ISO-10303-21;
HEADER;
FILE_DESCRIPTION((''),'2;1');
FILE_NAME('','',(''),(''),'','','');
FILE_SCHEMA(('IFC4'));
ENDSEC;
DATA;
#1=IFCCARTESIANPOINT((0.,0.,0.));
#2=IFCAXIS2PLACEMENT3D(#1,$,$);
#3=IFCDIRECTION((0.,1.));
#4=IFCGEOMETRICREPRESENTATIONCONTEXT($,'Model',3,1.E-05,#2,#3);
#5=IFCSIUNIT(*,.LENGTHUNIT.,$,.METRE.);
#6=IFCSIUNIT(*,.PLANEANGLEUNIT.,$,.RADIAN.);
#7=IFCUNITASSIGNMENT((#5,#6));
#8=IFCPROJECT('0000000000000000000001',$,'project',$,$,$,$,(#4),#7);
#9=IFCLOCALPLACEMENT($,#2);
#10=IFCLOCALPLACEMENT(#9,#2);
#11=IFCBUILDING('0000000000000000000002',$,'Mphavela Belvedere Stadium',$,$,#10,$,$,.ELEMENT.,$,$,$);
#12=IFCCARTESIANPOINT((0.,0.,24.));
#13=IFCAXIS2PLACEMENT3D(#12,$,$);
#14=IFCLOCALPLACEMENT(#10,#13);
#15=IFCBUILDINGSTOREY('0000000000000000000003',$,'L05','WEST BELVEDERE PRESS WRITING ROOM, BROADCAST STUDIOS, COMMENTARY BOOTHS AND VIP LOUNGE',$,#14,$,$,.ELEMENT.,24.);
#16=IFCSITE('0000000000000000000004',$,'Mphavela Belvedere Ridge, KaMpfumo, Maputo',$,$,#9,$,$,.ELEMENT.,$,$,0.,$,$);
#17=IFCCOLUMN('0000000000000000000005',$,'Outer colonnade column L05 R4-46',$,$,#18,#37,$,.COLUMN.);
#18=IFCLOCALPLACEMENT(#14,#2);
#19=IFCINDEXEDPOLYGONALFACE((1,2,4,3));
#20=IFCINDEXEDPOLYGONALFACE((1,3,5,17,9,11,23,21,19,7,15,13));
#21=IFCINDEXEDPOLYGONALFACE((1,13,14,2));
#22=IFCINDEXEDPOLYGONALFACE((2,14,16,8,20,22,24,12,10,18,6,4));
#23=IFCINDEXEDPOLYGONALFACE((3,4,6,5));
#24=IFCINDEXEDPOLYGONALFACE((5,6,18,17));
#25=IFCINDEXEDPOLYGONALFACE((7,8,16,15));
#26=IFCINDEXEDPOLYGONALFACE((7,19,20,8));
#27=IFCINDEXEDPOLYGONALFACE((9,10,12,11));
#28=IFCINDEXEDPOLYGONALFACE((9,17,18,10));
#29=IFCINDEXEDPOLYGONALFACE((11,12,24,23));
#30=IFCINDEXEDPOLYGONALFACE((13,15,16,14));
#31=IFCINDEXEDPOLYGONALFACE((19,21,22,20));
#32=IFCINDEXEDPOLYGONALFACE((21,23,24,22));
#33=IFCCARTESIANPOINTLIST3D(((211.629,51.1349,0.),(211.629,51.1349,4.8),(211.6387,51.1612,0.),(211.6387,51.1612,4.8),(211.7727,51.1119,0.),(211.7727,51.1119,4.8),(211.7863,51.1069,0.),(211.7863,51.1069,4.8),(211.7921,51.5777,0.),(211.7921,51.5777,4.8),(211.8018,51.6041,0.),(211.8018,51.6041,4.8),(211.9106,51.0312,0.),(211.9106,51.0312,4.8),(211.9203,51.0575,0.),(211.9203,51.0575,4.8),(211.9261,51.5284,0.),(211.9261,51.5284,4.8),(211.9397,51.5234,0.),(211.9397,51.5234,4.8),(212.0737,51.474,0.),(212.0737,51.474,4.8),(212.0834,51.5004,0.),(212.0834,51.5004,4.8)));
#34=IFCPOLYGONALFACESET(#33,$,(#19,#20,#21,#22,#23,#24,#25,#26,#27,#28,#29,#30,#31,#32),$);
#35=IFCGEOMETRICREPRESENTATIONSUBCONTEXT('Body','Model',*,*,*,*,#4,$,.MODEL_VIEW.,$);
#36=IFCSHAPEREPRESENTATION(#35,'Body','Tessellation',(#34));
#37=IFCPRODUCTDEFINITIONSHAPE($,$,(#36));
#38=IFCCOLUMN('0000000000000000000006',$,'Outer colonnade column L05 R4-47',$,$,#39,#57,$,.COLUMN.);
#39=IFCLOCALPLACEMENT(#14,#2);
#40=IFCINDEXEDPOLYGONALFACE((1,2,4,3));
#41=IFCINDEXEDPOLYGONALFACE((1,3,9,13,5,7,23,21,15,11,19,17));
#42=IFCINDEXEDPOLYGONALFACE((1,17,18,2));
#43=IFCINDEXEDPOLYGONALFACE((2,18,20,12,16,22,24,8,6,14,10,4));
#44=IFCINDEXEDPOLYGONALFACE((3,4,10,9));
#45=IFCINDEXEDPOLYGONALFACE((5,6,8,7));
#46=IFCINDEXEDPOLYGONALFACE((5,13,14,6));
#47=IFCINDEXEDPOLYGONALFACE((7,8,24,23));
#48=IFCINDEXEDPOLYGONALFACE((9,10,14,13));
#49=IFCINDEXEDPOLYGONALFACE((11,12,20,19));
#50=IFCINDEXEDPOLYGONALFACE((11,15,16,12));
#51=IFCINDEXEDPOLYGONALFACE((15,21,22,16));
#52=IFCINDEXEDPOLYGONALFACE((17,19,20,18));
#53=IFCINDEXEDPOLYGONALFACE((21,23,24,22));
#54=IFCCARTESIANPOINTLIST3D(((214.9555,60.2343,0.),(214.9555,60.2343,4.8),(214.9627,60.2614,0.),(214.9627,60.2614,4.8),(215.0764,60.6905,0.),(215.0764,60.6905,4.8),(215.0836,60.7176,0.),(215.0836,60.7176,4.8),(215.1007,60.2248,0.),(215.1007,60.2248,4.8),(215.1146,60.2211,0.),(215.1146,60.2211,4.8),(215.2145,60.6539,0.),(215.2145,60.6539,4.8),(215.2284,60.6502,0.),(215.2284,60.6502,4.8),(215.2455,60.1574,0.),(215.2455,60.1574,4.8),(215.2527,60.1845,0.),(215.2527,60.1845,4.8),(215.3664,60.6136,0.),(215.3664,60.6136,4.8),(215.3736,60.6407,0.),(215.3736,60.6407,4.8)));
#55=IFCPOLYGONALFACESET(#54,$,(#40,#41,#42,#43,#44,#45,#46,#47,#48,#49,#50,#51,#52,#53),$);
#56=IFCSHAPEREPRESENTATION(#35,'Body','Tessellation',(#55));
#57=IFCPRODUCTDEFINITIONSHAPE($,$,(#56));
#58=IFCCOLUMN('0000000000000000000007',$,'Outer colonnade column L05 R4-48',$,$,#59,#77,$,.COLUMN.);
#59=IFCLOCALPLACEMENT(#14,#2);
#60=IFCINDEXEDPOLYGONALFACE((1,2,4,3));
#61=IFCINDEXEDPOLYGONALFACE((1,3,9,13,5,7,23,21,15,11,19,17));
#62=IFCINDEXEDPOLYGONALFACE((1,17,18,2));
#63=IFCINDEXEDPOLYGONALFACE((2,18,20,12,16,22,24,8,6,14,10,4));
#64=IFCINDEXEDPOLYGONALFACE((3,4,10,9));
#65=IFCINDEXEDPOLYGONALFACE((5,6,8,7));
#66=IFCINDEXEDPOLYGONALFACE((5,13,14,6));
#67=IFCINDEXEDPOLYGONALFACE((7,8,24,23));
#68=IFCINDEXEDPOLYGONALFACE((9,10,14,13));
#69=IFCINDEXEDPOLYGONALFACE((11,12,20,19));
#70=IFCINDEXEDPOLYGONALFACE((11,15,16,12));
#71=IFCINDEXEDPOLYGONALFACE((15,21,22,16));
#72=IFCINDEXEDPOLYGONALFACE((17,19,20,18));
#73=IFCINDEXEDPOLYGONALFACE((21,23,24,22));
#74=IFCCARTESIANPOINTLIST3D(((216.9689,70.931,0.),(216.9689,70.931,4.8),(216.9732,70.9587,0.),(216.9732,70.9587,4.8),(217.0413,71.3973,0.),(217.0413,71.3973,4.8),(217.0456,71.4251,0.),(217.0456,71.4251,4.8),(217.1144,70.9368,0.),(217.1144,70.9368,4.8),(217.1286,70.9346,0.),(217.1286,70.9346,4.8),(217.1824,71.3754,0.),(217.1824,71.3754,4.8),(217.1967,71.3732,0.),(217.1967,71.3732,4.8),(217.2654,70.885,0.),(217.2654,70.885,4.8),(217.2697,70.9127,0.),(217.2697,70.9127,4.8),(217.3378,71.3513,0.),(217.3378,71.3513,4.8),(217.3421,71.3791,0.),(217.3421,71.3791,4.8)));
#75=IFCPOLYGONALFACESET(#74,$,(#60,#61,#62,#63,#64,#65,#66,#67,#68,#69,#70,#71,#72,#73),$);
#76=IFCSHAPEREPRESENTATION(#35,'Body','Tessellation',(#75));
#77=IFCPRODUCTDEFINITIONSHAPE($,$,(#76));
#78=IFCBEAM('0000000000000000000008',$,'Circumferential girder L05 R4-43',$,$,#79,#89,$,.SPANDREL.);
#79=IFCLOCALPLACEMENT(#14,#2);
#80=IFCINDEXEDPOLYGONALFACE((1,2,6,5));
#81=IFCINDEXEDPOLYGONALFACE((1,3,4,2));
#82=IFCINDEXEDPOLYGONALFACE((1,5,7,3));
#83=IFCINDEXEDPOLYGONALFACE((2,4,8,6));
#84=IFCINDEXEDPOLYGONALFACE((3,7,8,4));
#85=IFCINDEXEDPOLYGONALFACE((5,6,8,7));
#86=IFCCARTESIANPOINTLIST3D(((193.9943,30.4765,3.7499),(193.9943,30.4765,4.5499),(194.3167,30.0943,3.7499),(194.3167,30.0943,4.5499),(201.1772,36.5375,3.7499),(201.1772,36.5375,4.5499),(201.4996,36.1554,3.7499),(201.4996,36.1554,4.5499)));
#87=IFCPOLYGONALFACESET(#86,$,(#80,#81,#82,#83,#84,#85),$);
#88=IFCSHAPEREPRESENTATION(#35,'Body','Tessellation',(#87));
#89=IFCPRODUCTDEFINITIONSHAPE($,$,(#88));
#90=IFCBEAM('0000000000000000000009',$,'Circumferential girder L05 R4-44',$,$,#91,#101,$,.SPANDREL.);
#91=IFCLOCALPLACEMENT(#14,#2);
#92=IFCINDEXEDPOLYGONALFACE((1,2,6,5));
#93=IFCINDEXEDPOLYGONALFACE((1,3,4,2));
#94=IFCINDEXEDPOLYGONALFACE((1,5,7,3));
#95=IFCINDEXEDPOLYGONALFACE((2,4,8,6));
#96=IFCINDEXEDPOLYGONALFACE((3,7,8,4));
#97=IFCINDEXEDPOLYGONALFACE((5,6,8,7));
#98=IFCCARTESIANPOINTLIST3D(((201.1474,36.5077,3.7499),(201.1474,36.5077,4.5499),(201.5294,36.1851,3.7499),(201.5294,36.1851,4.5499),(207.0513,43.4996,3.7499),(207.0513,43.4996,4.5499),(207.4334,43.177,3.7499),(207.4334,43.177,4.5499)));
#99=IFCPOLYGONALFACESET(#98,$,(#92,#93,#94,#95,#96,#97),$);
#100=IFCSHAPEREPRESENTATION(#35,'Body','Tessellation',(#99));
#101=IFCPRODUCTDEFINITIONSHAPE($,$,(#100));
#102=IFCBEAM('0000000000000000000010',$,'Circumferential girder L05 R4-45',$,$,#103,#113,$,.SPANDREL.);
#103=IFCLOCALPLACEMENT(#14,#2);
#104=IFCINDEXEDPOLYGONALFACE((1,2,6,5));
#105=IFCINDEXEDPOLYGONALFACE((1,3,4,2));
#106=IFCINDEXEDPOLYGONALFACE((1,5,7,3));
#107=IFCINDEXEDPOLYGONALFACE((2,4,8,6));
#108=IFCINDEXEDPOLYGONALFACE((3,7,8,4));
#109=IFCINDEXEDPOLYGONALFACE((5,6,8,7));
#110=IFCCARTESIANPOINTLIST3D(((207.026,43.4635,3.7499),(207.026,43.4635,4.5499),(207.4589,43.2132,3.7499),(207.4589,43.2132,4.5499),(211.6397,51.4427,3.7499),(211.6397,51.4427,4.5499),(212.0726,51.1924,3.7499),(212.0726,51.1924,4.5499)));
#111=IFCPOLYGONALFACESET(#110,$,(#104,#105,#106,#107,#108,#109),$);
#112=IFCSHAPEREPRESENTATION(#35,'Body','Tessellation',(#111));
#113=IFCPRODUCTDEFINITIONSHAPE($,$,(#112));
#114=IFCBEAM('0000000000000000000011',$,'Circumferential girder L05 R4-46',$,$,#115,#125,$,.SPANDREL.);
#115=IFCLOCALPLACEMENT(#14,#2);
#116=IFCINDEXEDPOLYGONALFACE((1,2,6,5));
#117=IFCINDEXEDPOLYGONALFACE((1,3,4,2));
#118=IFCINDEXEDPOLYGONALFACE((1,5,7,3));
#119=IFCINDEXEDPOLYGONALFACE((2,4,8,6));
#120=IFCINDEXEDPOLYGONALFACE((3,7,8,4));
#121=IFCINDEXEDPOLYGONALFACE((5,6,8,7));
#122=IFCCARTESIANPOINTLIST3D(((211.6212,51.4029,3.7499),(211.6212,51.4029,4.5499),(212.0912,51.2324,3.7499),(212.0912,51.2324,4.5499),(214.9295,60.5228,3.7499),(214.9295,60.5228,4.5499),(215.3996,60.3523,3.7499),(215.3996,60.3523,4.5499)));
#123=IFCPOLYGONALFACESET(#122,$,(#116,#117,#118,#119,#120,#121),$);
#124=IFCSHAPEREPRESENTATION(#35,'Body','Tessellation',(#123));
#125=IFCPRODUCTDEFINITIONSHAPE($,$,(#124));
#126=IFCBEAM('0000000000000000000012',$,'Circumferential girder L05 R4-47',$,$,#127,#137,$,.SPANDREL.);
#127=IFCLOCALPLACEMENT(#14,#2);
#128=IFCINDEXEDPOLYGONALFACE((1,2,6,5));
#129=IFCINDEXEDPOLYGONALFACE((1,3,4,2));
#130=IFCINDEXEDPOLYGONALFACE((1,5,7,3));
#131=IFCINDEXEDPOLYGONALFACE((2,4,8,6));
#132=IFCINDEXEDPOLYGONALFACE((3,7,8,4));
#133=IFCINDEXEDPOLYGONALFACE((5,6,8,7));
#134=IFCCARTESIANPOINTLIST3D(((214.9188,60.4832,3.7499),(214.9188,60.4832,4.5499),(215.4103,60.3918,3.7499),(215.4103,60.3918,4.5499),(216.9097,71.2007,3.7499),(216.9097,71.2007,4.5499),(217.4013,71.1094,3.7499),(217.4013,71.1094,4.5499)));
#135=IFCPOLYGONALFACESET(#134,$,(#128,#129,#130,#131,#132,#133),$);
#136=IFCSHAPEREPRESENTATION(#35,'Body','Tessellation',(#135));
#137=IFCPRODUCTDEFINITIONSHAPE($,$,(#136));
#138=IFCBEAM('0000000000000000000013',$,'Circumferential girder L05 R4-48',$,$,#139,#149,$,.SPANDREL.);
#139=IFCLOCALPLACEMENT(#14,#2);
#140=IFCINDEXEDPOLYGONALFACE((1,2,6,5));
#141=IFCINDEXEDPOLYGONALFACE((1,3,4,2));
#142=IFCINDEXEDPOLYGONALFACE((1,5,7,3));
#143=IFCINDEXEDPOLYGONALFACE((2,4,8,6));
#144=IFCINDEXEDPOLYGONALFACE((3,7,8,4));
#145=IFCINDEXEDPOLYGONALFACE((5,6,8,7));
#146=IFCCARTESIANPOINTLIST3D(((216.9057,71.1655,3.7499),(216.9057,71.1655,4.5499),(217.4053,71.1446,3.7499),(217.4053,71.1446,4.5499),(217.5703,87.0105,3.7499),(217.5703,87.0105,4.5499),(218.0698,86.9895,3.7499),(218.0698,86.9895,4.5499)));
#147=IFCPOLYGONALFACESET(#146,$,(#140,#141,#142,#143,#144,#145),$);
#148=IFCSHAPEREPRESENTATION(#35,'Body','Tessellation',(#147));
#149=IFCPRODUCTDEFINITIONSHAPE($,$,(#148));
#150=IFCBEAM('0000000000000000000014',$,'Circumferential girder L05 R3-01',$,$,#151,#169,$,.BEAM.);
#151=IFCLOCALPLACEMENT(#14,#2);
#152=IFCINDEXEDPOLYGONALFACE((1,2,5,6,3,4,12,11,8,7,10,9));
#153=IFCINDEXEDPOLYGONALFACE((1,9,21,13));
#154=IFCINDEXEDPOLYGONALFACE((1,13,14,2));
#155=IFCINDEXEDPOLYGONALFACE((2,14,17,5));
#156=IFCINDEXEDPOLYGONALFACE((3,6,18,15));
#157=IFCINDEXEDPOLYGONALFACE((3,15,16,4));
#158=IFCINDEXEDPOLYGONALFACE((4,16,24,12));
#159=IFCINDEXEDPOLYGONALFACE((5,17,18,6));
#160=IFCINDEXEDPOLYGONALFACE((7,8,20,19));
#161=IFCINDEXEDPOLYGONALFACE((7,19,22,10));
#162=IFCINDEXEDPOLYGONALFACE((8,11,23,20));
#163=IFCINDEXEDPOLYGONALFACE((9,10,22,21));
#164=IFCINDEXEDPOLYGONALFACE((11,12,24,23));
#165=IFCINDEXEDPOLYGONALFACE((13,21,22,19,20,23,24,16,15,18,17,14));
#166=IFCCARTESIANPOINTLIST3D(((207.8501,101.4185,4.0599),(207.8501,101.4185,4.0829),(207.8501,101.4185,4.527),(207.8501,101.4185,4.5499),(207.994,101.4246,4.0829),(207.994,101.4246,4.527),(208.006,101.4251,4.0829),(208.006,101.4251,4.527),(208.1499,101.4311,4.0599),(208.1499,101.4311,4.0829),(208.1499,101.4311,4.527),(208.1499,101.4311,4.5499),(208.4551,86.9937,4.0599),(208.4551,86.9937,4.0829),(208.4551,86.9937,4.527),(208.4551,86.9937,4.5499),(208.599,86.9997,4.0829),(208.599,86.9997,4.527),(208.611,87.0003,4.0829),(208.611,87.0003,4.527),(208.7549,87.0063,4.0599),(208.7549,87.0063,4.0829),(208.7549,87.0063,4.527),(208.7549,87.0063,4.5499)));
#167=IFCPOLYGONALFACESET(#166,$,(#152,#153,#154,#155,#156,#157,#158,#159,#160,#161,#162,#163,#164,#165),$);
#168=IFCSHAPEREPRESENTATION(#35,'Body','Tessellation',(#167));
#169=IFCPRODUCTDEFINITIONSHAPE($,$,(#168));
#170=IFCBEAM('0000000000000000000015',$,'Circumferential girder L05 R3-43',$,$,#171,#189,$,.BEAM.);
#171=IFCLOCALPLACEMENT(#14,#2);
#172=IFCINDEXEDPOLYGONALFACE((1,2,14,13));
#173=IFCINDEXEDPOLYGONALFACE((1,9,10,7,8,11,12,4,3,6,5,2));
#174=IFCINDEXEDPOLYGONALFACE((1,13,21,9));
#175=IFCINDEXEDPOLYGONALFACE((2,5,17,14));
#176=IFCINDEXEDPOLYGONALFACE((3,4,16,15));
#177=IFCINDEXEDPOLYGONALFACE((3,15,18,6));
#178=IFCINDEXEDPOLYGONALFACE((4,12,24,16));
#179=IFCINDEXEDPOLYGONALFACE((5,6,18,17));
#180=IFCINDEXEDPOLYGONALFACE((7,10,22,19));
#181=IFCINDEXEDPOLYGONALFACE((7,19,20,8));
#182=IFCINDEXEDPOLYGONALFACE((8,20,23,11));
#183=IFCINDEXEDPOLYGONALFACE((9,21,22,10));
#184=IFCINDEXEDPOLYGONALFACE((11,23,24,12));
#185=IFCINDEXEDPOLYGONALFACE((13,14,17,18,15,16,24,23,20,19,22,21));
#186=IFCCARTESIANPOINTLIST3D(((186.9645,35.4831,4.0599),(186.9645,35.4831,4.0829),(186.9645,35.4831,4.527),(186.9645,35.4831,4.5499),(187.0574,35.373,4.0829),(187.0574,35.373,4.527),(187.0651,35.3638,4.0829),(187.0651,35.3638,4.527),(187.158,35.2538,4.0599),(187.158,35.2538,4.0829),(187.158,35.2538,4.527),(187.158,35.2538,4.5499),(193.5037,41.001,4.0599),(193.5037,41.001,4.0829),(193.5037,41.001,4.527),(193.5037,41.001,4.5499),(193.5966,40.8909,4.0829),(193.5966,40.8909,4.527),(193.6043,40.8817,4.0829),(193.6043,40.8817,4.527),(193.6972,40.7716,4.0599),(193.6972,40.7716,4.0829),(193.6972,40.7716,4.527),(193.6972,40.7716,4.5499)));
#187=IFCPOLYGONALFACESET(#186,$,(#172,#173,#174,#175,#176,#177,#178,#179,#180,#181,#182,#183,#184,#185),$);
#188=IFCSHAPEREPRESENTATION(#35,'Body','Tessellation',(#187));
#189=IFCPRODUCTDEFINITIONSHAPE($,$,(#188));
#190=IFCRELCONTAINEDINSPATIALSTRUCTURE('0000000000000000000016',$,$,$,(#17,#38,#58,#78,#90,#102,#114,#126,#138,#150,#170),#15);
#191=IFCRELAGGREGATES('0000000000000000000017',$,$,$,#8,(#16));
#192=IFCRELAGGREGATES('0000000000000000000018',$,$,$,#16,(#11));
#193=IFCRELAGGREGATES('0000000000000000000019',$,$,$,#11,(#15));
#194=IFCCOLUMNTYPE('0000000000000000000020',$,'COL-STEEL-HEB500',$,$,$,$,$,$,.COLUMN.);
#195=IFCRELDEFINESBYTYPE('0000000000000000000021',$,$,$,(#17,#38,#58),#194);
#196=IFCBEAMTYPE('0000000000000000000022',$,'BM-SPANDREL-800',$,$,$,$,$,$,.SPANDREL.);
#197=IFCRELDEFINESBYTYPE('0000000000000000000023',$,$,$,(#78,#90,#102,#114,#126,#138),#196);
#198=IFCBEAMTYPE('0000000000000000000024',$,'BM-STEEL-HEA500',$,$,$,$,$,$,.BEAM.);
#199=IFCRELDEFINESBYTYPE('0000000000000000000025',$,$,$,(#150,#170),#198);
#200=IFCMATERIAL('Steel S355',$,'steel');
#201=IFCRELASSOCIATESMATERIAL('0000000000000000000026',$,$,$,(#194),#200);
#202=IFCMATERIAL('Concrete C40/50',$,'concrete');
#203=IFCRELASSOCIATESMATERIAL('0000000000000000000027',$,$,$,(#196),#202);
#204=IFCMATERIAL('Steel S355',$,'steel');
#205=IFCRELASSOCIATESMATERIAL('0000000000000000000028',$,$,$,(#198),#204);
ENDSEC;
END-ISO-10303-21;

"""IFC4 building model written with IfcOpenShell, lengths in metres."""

from ifc_helpers import new_model, si_unit, direction, frame, origin, origin_2d, place, context, subcontext, project, spatial, rectangle, i_section, extrude, material, material_profile, profile_set, type_object, element, save


model = new_model("IFC4")

# Units and contexts
model_context = context("Model", 3, precision=1e-05, world=origin(), true_north=direction((0.0, 1.0)))
body_context = subcontext(model_context, "Body", "Model", "MODEL_VIEW")
ifc_project = project(units=[si_unit("LENGTHUNIT", "METRE"), si_unit("PLANEANGLEUNIT", "RADIAN")], contexts=[model_context])

# Site, building, storey
site_placement = place(None, origin())
site = spatial("IfcSite", under=ifc_project, at=site_placement, Name="Mphavela Belvedere Ridge, KaMpfumo, Maputo", CompositionType="ELEMENT", RefElevation=0.0)
building_placement = place(site_placement, origin())
building = spatial("IfcBuilding", under=site, at=building_placement, Name="Mphavela Belvedere Stadium", CompositionType="ELEMENT")
storey_placement = place(building_placement, frame((0.0, 0.0, 24.0)))
storey = spatial("IfcBuildingStorey", under=building, at=storey_placement, Name="L05", Description="WEST BELVEDERE PRESS WRITING ROOM, BROADCAST STUDIOS, COMMENTARY BOOTHS AND VIP LOUNGE", CompositionType="ELEMENT", Elevation=24.0)

# Columns
ifc_material_1 = material(Name="Steel S355", Category="steel")
ifc_material_profile_1 = material_profile(ifc_material_1, i_section(OverallWidth=0.3, OverallDepth=0.5, WebThickness=0.0144, FlangeThickness=0.0281, at=origin_2d()), Name="HEB 500")
ifc_profile_set_1 = profile_set([ifc_material_profile_1], Name="Steel S355")
column_type_1 = type_object("IfcColumnType", Name="COL-STEEL-HEB500", PredefinedType="COLUMN", material=ifc_profile_set_1)
for number, where, z_axis, x_axis, name in (
    (1, (211.8562, 51.3176, 0.0), (0.0, 0.0, 1.0), (0.938372, -0.345626, 0.0), "Outer colonnade column L05 R4-46"),
    (2, (215.1646, 60.4375, 0.0), (0.0, 0.0, 1.0), (0.9666, -0.256289, 0.0), "Outer colonnade column L05 R4-47"),
    (3, (217.1555, 71.155, 0.0), (0.0, 0.0, 1.0), (0.988175, -0.153331, 0.0), "Outer colonnade column L05 R4-48"),
):
    element("IfcColumn", number, at=place(storey_placement, frame(where, z_axis=z_axis, x_axis=x_axis)), inside=storey, type_object=column_type_1, Name=name, PredefinedType="COLUMN", context=body_context, shape_type="SweptSolid", body=[
        extrude(i_section(OverallWidth=0.3, OverallDepth=0.5, WebThickness=0.0144, FlangeThickness=0.0281, at=origin_2d()), origin(), (0.0, 0.0, 1.0), 4.8),
    ])

# Beams
ifc_material_2 = material(Name="Concrete C40/50", Category="concrete")
ifc_material_profile_2 = material_profile(ifc_material_2, rectangle(XDim=0.5, YDim=0.8, at=origin_2d()), Name="RC 500x800")
ifc_profile_set_2 = profile_set([ifc_material_profile_2], Name="Concrete C40/50")
beam_type_1 = type_object("IfcBeamType", Name="BM-SPANDREL-800", PredefinedType="SPANDREL", material=ifc_profile_set_2)
beam_1_placement = place(storey_placement, frame((194.1555, 30.2854, 4.1499), z_axis=(0.764265, 0.644902, 0.0), x_axis=(-0.644902, 0.764265, 0.0)))
element("IfcBeam", 4, at=beam_1_placement, inside=storey, type_object=beam_type_1, Name="Circumferential girder L05 R4-43", PredefinedType="SPANDREL", context=body_context, shape_type="SweptSolid", body=[
    extrude(rectangle(XDim=0.5, YDim=0.8, at=origin_2d()), origin(), (0.0, 0.0, 1.0), 9.3984),
])
beam_2_placement = place(storey_placement, frame((201.3384, 36.3464, 4.1499), z_axis=(0.645165, 0.764044, 0.0), x_axis=(-0.764044, 0.645165, 0.0)))
element("IfcBeam", 5, at=beam_2_placement, inside=storey, type_object=beam_type_1, Name="Circumferential girder L05 R4-44", PredefinedType="SPANDREL", context=body_context, shape_type="SweptSolid", body=[
    extrude(rectangle(XDim=0.5, YDim=0.8, at=origin_2d()), origin(), (0.0, 0.0, 1.0), 9.1511),
])
beam_3_placement = place(storey_placement, frame((207.2424, 43.3384, 4.1499), z_axis=(0.500565, 0.865699, 0.0), x_axis=(-0.865699, 0.500565, 0.0)))
element("IfcBeam", 6, at=beam_3_placement, inside=storey, type_object=beam_type_1, Name="Circumferential girder L05 R4-45", PredefinedType="SPANDREL", context=body_context, shape_type="SweptSolid", body=[
    extrude(rectangle(XDim=0.5, YDim=0.8, at=origin_2d()), origin(), (0.0, 0.0, 1.0), 9.217),
])
beam_4_placement = place(storey_placement, frame((211.8562, 51.3176, 4.1499), z_axis=(0.341018, 0.940057, 0.0), x_axis=(-0.940057, 0.341018, 0.0)))
element("IfcBeam", 7, at=beam_4_placement, inside=storey, type_object=beam_type_1, Name="Circumferential girder L05 R4-46", PredefinedType="SPANDREL", context=body_context, shape_type="SweptSolid", body=[
    extrude(rectangle(XDim=0.5, YDim=0.8, at=origin_2d()), origin(), (0.0, 0.0, 1.0), 9.7014),
])
beam_5_placement = place(storey_placement, frame((215.1646, 60.4375, 4.1499), z_axis=(0.182643, 0.983179, 0.0), x_axis=(-0.983179, 0.182643, 0.0)))
element("IfcBeam", 8, at=beam_5_placement, inside=storey, type_object=beam_type_1, Name="Circumferential girder L05 R4-47", PredefinedType="SPANDREL", context=body_context, shape_type="SweptSolid", body=[
    extrude(rectangle(XDim=0.5, YDim=0.8, at=origin_2d()), origin(), (0.0, 0.0, 1.0), 10.9009),
])
beam_6_placement = place(storey_placement, frame((217.1555, 71.155, 4.1499), z_axis=(0.041904, 0.999122, 0.0), x_axis=(-0.999122, 0.041904, 0.0)))
element("IfcBeam", 9, at=beam_6_placement, inside=storey, type_object=beam_type_1, Name="Circumferential girder L05 R4-48", PredefinedType="SPANDREL", context=body_context, shape_type="SweptSolid", body=[
    extrude(rectangle(XDim=0.5, YDim=0.8, at=origin_2d()), origin(), (0.0, 0.0, 1.0), 15.8589),
])
ifc_material_3 = material(Name="Steel S355", Category="steel")
ifc_material_profile_3 = material_profile(ifc_material_3, i_section(OverallWidth=0.3, OverallDepth=0.49, WebThickness=0.012, FlangeThickness=0.0229, at=origin_2d()), Name="HEA 500")
ifc_profile_set_3 = profile_set([ifc_material_profile_3], Name="Steel S355")
beam_type_2 = type_object("IfcBeamType", Name="BM-STEEL-HEA500", PredefinedType="BEAM", material=ifc_profile_set_3)
beam_7_placement = place(storey_placement, frame((208.605, 87.0, 4.3049), z_axis=(-0.041903, 0.999122, 0.0), x_axis=(-0.999122, -0.041903, 0.0)))
element("IfcBeam", 10, at=beam_7_placement, inside=storey, type_object=beam_type_2, Name="Circumferential girder L05 R3-01", PredefinedType="BEAM", context=body_context, shape_type="SweptSolid", body=[
    extrude(i_section(OverallWidth=0.3, OverallDepth=0.49, WebThickness=0.012, FlangeThickness=0.0229, at=origin_2d()), origin(), (0.0, 0.0, 1.0), 14.4375),
])
beam_8_placement = place(storey_placement, frame((187.0613, 35.3684, 4.3049), z_axis=(0.764263, 0.644904, 0.0), x_axis=(-0.644904, 0.764263, 0.0)))
element("IfcBeam", 11, at=beam_8_placement, inside=storey, type_object=beam_type_2, Name="Circumferential girder L05 R3-43", PredefinedType="BEAM", context=body_context, shape_type="SweptSolid", body=[
    extrude(i_section(OverallWidth=0.3, OverallDepth=0.49, WebThickness=0.012, FlangeThickness=0.0229, at=origin_2d()), origin(), (0.0, 0.0, 1.0), 8.5562),
])

save(model, "model.ifc")
